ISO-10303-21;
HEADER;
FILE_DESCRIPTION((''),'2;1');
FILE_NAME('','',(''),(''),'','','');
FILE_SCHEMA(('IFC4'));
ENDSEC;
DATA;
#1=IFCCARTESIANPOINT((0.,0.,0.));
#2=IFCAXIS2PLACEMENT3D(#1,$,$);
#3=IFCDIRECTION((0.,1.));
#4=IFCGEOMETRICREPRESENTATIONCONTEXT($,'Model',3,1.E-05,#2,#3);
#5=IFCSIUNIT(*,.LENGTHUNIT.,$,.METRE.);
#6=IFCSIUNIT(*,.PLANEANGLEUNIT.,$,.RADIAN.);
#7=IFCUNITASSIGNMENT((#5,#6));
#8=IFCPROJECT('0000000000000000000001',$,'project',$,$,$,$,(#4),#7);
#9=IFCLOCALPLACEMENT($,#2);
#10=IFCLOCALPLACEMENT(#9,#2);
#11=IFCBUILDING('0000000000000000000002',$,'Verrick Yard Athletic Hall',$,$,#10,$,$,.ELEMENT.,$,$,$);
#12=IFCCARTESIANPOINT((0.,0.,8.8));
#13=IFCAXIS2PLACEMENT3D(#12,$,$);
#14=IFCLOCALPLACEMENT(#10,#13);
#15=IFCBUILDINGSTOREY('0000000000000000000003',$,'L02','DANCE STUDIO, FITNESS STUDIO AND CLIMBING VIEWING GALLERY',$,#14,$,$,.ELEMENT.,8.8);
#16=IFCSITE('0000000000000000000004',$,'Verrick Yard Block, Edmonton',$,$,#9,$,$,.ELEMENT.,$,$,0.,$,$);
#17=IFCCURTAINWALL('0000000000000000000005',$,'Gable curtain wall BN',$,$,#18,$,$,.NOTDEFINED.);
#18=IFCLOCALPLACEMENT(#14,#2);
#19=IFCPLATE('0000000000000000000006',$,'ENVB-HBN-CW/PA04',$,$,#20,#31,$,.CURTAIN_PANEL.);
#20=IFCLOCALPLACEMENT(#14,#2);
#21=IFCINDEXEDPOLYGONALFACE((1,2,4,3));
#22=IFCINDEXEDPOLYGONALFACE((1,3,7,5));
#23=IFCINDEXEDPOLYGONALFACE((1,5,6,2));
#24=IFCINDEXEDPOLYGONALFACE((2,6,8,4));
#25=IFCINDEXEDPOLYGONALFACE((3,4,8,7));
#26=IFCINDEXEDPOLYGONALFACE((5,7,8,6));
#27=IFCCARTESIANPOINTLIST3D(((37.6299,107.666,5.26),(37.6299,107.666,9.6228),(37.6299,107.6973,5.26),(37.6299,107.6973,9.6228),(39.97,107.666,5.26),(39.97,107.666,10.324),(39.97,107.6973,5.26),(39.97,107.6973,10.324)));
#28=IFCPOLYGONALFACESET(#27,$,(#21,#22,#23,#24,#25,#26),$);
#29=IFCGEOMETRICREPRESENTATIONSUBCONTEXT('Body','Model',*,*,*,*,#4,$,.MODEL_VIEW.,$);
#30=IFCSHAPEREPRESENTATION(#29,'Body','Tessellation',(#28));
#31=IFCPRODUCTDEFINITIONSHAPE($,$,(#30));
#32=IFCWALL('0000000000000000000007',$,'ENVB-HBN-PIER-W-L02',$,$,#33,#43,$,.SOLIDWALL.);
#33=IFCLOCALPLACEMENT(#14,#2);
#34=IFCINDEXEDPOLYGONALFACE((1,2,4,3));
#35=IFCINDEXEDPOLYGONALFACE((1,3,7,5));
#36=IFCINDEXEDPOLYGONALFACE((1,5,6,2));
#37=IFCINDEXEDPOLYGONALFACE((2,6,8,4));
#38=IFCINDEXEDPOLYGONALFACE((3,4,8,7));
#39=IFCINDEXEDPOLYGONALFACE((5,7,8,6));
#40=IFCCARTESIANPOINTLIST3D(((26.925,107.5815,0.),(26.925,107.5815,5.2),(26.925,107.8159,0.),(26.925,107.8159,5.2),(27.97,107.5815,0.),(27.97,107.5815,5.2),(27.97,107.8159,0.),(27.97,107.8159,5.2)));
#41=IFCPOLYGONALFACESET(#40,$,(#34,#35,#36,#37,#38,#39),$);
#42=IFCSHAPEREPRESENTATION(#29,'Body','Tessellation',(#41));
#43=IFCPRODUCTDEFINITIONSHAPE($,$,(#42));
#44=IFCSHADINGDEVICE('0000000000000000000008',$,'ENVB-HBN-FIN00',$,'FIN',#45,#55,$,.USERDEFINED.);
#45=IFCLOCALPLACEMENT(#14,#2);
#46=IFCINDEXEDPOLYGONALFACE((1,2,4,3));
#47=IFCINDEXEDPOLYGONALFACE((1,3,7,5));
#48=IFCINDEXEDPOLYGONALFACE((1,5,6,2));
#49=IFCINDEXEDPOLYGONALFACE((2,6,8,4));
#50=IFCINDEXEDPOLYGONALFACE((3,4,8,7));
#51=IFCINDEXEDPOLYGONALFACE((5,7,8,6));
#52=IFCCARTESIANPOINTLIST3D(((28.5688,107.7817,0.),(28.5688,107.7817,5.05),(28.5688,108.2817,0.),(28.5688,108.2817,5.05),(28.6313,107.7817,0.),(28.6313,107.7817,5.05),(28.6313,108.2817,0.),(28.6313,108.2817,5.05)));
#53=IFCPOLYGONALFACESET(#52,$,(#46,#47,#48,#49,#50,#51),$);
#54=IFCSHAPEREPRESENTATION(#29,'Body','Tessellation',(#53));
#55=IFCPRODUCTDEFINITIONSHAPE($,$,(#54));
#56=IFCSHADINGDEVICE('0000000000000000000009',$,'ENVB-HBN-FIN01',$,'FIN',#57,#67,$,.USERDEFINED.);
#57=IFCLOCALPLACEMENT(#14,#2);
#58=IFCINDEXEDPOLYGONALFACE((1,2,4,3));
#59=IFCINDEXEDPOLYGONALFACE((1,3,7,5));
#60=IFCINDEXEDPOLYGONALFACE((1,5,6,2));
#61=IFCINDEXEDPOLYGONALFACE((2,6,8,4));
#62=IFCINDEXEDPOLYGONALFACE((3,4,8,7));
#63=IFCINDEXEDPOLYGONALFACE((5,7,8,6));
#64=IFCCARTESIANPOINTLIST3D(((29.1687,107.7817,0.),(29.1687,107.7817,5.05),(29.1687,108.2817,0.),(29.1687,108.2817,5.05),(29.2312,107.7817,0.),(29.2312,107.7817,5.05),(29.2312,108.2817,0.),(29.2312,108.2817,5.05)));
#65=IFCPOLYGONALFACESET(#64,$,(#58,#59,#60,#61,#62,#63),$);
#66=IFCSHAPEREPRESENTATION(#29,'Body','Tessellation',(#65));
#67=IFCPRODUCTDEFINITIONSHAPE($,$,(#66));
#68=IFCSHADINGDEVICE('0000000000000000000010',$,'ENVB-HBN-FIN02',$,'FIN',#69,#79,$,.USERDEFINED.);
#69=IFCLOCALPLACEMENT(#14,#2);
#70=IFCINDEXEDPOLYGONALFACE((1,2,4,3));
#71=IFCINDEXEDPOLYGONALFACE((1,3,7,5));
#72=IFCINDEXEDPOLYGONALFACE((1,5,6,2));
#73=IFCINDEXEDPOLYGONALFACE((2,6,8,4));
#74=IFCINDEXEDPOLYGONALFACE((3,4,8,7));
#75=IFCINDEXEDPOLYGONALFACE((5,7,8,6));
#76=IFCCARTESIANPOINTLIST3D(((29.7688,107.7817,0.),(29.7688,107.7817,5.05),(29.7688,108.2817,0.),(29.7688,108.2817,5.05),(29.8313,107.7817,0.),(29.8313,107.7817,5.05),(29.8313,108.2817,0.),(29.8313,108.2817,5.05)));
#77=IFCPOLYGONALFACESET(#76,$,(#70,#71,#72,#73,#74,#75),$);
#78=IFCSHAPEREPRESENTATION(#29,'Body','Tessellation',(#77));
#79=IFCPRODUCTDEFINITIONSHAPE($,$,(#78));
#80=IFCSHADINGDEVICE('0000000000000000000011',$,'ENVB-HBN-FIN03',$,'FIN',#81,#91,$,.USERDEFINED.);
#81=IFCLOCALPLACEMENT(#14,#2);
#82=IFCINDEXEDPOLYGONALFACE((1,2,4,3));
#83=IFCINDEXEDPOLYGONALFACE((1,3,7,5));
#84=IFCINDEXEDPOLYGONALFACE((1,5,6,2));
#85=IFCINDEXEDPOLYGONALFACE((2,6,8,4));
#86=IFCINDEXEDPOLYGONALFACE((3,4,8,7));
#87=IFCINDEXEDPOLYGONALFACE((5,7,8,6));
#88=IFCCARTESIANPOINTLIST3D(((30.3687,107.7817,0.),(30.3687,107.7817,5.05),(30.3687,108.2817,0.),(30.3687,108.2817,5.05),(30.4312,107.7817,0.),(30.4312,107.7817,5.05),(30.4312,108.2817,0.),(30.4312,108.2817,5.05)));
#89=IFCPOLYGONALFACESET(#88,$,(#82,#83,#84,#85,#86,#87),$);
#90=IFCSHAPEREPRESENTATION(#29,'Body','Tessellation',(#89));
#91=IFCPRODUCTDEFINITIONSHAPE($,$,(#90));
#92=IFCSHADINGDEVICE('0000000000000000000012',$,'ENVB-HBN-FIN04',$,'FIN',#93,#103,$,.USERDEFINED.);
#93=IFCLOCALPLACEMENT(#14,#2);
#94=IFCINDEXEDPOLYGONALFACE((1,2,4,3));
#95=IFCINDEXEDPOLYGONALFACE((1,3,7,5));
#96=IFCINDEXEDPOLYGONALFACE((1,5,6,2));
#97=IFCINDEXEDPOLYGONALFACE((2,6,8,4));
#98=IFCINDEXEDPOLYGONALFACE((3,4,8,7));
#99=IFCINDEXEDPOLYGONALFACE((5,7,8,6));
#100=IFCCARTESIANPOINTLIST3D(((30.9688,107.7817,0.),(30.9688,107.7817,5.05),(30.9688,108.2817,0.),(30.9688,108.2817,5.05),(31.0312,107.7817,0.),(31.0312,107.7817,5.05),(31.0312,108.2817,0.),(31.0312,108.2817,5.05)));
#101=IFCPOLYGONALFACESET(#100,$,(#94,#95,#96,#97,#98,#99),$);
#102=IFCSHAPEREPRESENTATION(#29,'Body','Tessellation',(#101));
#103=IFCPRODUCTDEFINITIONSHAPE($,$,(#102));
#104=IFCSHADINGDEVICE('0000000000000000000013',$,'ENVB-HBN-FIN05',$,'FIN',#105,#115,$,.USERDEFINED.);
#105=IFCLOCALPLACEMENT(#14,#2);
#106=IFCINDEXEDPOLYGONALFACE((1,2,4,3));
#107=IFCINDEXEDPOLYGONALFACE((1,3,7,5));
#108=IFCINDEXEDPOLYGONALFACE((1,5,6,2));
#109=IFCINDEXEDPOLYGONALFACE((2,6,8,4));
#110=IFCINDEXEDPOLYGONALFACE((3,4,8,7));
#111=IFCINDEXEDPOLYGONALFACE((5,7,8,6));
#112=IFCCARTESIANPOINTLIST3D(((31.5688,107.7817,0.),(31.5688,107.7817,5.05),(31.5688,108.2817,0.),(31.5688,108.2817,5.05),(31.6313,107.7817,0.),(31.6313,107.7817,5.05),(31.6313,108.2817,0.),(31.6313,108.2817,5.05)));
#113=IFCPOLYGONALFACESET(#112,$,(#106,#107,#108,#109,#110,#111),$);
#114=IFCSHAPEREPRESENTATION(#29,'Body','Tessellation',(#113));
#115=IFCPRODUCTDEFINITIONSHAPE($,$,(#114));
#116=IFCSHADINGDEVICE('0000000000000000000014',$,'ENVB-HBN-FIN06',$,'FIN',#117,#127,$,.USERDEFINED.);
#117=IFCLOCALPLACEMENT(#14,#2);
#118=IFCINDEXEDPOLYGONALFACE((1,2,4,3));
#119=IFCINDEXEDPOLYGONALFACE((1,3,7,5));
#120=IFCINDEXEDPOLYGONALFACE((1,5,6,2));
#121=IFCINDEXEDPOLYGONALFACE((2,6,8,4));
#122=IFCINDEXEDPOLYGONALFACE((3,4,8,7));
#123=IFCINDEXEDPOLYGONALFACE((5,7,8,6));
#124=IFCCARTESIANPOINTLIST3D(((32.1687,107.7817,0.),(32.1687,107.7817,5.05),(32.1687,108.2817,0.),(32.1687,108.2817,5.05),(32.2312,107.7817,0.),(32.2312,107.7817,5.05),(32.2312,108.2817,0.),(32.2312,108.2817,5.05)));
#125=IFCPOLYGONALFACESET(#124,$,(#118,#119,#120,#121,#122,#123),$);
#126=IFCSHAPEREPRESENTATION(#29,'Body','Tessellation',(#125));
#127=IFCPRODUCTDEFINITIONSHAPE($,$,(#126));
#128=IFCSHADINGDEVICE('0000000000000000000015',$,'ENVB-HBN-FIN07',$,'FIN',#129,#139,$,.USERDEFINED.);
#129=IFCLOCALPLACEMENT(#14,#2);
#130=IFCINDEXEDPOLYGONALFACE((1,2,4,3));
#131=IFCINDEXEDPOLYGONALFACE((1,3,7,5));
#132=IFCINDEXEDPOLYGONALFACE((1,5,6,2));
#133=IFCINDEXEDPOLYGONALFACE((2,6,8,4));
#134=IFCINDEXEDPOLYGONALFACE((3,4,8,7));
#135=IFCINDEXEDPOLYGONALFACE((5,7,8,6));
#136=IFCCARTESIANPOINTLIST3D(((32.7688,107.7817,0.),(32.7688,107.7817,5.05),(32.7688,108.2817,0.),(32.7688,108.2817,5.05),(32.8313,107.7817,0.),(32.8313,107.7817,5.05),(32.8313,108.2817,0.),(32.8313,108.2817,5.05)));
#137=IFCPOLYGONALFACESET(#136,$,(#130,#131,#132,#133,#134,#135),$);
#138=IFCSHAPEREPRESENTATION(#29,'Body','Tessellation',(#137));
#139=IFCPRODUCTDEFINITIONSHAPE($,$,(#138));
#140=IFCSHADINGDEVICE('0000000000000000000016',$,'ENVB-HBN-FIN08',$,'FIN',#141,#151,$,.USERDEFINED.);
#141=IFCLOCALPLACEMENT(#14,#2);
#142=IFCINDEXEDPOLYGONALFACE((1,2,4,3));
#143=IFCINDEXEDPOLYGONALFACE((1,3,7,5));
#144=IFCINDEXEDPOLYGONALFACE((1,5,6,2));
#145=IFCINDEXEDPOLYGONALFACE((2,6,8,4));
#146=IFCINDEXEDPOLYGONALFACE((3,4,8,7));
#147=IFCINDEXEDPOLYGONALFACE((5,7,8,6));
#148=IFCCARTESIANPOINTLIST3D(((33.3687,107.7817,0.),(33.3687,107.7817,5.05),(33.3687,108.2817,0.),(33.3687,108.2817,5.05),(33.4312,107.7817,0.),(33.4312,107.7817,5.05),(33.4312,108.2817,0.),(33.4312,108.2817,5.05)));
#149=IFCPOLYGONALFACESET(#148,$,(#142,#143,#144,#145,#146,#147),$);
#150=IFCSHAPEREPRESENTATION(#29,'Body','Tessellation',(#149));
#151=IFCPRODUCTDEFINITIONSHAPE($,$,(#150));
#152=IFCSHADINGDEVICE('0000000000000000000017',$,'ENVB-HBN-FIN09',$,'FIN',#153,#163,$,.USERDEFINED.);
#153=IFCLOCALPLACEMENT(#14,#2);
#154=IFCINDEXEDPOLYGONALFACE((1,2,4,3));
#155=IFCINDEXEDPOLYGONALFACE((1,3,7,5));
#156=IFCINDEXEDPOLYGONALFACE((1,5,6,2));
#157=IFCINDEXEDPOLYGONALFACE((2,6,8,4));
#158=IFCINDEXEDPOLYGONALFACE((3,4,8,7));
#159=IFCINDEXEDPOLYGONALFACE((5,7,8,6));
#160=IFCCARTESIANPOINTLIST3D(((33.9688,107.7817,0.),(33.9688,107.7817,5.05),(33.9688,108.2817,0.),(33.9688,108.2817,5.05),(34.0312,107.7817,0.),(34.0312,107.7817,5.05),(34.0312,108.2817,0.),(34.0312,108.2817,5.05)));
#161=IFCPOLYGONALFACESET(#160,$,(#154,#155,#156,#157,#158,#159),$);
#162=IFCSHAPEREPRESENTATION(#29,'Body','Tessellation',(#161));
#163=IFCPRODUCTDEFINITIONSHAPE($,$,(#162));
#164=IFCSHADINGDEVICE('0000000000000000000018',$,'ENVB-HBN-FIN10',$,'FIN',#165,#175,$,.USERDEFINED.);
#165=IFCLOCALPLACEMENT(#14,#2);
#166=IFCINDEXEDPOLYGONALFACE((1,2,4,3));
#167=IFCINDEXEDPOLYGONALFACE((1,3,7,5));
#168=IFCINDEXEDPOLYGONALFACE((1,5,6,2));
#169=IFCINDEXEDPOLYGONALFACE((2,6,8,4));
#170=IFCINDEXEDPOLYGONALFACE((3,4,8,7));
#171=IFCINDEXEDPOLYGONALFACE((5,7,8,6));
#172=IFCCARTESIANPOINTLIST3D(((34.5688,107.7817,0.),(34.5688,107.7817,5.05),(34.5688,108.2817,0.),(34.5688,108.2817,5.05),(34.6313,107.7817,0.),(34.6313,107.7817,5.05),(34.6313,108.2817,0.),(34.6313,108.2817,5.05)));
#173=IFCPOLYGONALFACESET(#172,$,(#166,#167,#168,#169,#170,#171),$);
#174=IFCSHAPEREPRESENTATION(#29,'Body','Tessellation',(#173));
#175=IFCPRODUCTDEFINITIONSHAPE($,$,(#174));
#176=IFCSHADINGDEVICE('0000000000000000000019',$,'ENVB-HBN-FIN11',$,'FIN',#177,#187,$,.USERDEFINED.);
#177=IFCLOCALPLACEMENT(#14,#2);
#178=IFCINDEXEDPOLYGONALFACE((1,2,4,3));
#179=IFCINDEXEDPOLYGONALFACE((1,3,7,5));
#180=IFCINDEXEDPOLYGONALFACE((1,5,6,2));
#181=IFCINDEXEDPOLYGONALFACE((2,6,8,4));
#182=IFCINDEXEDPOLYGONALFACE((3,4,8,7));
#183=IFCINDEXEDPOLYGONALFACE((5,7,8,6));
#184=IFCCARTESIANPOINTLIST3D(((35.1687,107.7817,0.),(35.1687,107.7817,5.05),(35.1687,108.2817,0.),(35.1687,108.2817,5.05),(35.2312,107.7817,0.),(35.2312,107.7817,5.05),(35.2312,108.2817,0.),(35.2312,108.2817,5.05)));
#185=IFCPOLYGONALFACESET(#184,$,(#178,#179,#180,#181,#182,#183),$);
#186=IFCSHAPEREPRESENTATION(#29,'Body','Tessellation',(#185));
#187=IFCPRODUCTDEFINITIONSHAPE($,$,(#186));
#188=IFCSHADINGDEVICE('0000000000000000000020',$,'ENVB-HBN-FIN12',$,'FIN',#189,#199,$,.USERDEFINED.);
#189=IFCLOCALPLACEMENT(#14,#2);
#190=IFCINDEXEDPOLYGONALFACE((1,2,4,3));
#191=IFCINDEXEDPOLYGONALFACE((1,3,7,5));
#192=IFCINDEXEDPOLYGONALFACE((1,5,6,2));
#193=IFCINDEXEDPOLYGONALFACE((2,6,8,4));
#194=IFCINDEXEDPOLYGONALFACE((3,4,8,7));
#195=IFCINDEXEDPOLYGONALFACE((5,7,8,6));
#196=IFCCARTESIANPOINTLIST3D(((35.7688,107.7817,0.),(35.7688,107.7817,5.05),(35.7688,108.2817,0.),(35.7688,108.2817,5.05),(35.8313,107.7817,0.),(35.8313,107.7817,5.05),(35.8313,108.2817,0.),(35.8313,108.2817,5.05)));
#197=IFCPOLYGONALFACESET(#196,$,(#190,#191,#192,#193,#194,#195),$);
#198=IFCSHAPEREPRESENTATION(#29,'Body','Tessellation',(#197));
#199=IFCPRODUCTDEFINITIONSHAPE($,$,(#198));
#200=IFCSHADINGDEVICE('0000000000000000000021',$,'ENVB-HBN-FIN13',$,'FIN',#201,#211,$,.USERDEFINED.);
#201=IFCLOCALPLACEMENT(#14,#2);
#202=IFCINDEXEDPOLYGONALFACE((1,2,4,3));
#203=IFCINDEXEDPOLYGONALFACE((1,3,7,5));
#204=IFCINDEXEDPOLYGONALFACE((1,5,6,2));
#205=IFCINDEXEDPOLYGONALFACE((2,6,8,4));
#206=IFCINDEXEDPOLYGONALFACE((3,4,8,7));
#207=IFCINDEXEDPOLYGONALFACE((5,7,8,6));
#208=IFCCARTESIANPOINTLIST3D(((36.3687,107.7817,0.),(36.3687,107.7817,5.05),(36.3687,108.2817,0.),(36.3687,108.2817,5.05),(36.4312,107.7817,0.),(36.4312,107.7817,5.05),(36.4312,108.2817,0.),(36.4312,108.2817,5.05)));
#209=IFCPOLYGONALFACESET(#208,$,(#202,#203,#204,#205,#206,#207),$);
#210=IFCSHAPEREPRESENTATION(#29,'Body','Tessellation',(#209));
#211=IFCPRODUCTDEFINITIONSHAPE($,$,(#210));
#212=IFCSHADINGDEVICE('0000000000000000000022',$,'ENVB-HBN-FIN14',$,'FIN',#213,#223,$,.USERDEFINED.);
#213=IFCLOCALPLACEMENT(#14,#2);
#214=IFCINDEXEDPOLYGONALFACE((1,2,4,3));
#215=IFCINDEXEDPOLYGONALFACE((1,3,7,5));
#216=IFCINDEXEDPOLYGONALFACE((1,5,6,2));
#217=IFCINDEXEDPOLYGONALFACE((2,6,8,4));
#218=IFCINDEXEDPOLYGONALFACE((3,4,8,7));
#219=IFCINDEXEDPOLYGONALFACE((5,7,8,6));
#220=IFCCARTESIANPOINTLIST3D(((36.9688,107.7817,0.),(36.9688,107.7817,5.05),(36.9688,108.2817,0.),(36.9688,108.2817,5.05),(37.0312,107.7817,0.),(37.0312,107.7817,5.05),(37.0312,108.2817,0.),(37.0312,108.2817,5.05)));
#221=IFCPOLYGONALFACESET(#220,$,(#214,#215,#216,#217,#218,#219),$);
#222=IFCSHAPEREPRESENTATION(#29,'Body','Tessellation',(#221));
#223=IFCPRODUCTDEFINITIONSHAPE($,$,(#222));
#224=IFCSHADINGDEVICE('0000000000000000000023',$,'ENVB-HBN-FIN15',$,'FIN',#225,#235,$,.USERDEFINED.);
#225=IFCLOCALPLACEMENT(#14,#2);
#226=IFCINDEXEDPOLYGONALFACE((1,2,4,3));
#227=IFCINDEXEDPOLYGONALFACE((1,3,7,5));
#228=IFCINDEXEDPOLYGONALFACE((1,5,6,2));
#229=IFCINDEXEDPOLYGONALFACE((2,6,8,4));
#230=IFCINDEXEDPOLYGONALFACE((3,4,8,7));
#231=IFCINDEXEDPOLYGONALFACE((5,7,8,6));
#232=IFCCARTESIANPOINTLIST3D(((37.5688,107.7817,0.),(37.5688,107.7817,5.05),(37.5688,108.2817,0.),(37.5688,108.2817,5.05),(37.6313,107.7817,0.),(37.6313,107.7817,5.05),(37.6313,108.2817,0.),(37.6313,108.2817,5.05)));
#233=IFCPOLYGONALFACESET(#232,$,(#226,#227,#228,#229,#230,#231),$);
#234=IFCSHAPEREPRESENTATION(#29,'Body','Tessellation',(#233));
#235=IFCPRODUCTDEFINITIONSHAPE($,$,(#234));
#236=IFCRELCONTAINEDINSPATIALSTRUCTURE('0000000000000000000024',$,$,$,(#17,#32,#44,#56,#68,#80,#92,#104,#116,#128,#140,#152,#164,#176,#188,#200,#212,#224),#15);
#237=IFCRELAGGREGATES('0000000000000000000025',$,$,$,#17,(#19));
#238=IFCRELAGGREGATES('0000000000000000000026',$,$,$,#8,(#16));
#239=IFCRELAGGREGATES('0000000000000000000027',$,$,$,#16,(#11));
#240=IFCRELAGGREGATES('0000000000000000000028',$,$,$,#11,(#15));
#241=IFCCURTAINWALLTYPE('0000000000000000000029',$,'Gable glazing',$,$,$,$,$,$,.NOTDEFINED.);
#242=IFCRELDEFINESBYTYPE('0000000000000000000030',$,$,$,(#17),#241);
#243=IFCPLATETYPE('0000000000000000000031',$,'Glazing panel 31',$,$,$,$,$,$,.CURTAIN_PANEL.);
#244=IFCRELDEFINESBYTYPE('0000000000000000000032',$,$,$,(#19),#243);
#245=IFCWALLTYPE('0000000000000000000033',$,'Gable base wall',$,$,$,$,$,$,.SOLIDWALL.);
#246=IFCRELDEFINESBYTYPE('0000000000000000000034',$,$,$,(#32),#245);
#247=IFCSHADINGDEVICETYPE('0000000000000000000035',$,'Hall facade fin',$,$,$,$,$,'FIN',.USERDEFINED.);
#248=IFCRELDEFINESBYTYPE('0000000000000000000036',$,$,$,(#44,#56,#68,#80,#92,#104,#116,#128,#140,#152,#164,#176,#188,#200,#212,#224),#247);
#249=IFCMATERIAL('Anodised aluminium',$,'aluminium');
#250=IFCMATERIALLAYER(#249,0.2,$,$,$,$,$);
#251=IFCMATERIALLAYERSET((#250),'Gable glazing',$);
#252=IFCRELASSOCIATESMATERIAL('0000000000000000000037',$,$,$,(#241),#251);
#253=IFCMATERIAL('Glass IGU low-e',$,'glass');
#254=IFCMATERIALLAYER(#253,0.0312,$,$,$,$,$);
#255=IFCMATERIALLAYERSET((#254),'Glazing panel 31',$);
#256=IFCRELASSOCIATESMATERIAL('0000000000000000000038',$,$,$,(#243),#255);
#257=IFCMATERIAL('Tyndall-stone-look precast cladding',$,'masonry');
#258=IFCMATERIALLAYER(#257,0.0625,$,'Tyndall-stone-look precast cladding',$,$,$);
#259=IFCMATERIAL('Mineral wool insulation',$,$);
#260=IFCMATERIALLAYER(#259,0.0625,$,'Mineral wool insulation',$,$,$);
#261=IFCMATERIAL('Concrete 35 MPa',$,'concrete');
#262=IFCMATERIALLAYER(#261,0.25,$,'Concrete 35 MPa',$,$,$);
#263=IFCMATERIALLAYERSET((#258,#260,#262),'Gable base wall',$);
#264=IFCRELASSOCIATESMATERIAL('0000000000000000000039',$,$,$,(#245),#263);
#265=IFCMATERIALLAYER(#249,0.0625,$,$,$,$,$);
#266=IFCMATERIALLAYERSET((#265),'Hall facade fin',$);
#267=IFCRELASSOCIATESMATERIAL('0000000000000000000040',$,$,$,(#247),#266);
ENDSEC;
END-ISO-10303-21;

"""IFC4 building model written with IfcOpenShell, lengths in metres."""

from ifc_helpers import new_model, si_unit, direction, frame, frame_2d, origin, place, context, subcontext, project, spatial, polyline, rectangle, outline, extrude, material, layer, layer_set, type_object, element, aggregate, save


model = new_model("IFC4")

# Units and contexts
model_context = context("Model", 3, precision=1e-05, world=origin(), true_north=direction((0.0, 1.0)))
body_context = subcontext(model_context, "Body", "Model", "MODEL_VIEW")
ifc_project = project(units=[si_unit("LENGTHUNIT", "METRE"), si_unit("PLANEANGLEUNIT", "RADIAN")], contexts=[model_context])

# Site, building, storey
site_placement = place(None, origin())
site = spatial("IfcSite", under=ifc_project, at=site_placement, Name="Verrick Yard Block, Edmonton", CompositionType="ELEMENT", RefElevation=0.0)
building_placement = place(site_placement, origin())
building = spatial("IfcBuilding", under=site, at=building_placement, Name="Verrick Yard Athletic Hall", CompositionType="ELEMENT")
storey_placement = place(building_placement, frame((0.0, 0.0, 8.8)))
storey = spatial("IfcBuildingStorey", under=building, at=storey_placement, Name="L02", Description="DANCE STUDIO, FITNESS STUDIO AND CLIMBING VIEWING GALLERY", CompositionType="ELEMENT", Elevation=8.8)

# Curtain wall, plate
ifc_material_1 = material(Name="Anodised aluminium", Category="aluminium")
ifc_layer_1 = layer(ifc_material_1, 0.2)
ifc_layer_set_1 = layer_set([ifc_layer_1], Name="Gable glazing")
curtain_wall_type = type_object("IfcCurtainWallType", Name="Gable glazing", PredefinedType="NOTDEFINED", material=ifc_layer_set_1)
curtain_wall_placement = place(storey_placement, origin())
curtain_wall = element("IfcCurtainWall", 1, at=curtain_wall_placement, inside=storey, type_object=curtain_wall_type, Name="Gable curtain wall BN", PredefinedType="NOTDEFINED")
ifc_material_2 = material(Name="Glass IGU low-e", Category="glass")
ifc_layer_2 = layer(ifc_material_2, 0.0312)
ifc_layer_set_2 = layer_set([ifc_layer_2], Name="Glazing panel 31")
plate_type = type_object("IfcPlateType", Name="Glazing panel 31", PredefinedType="CURTAIN_PANEL", material=ifc_layer_set_2)
plate_1_placement = place(storey_placement, frame((37.6299, 107.6816, 5.26), z_axis=(0.0, 0.0, 1.0), x_axis=(1.0, 0.0, 0.0)))
plate_1 = element("IfcPlate", 2, at=plate_1_placement, type_object=plate_type, Name="ENVB-HBN-CW/PA04", PredefinedType="CURTAIN_PANEL", context=body_context, shape_type="SweptSolid", body=[
    extrude(outline(polyline([(0.0, 4.3628), (2.3401, 5.064), (2.3401, 0.0), (0.0, 0.0), (0.0, 4.3628)])), frame((0.0, 0.0156, 0.0), z_axis=(0.0, -1.0, 0.0), x_axis=(1.0, 0.0, 0.0)), (0.0, 0.0, 1.0), 0.0312),
])
aggregate(curtain_wall, [plate_1])

# Wall
ifc_material_3 = material(Name="Tyndall-stone-look precast cladding", Category="masonry")
ifc_layer_3 = layer(ifc_material_3, 0.0625, Name="Tyndall-stone-look precast cladding")
ifc_material_4 = material(Name="Mineral wool insulation")
ifc_layer_4 = layer(ifc_material_4, 0.0625, Name="Mineral wool insulation")
ifc_material_5 = material(Name="Concrete 35 MPa", Category="concrete")
ifc_layer_5 = layer(ifc_material_5, 0.25, Name="Concrete 35 MPa")
ifc_layer_set_3 = layer_set([ifc_layer_3, ifc_layer_4, ifc_layer_5], Name="Gable base wall")
wall_type = type_object("IfcWallType", Name="Gable base wall", PredefinedType="SOLIDWALL", material=ifc_layer_set_3)
wall_placement = place(storey_placement, frame((26.925, 107.6987, 0.0), z_axis=(0.0, 0.0, 1.0), x_axis=(1.0, 0.0, 0.0)))
element("IfcWall", 3, at=wall_placement, inside=storey, type_object=wall_type, Name="ENVB-HBN-PIER-W-L02", PredefinedType="SOLIDWALL", context=body_context, shape_type="SweptSolid", body=[
    extrude(rectangle(XDim=1.0449, YDim=0.2344, at=frame_2d((0.5225, 0.0))), origin(), (0.0, 0.0, 1.0), 5.2),
])

# Shading devices
ifc_layer_6 = layer(ifc_material_1, 0.0625)
ifc_layer_set_4 = layer_set([ifc_layer_6], Name="Hall facade fin")
shading_device_type = type_object("IfcShadingDeviceType", Name="Hall facade fin", ElementType="FIN", PredefinedType="USERDEFINED", material=ifc_layer_set_4)
for number, where, z_axis, x_axis, name in (
    (4, (28.6001, 107.7817, 0.0), (0.0, 0.0, 1.0), (0.0, 1.0, 0.0), "ENVB-HBN-FIN00"),
    (5, (29.2, 107.7817, 0.0), (0.0, 0.0, 1.0), (0.0, 1.0, 0.0), "ENVB-HBN-FIN01"),
    (6, (29.8, 107.7817, 0.0), (0.0, 0.0, 1.0), (0.0, 1.0, 0.0), "ENVB-HBN-FIN02"),
    (7, (30.3999, 107.7817, 0.0), (0.0, 0.0, 1.0), (0.0, 1.0, 0.0), "ENVB-HBN-FIN03"),
    (8, (31.0, 107.7817, 0.0), (0.0, 0.0, 1.0), (0.0, 1.0, 0.0), "ENVB-HBN-FIN04"),
    (9, (31.6001, 107.7817, 0.0), (0.0, 0.0, 1.0), (0.0, 1.0, 0.0), "ENVB-HBN-FIN05"),
    (10, (32.2, 107.7817, 0.0), (0.0, 0.0, 1.0), (0.0, 1.0, 0.0), "ENVB-HBN-FIN06"),
    (11, (32.8, 107.7817, 0.0), (0.0, 0.0, 1.0), (0.0, 1.0, 0.0), "ENVB-HBN-FIN07"),
    (12, (33.3999, 107.7817, 0.0), (0.0, 0.0, 1.0), (0.0, 1.0, 0.0), "ENVB-HBN-FIN08"),
    (13, (34.0, 107.7817, 0.0), (0.0, 0.0, 1.0), (0.0, 1.0, 0.0), "ENVB-HBN-FIN09"),
    (14, (34.6001, 107.7817, 0.0), (0.0, 0.0, 1.0), (0.0, 1.0, 0.0), "ENVB-HBN-FIN10"),
    (15, (35.2, 107.7817, 0.0), (0.0, 0.0, 1.0), (0.0, 1.0, 0.0), "ENVB-HBN-FIN11"),
    (16, (35.8, 107.7817, 0.0), (0.0, 0.0, 1.0), (0.0, 1.0, 0.0), "ENVB-HBN-FIN12"),
    (17, (36.3999, 107.7817, 0.0), (0.0, 0.0, 1.0), (0.0, 1.0, 0.0), "ENVB-HBN-FIN13"),
    (18, (37.0, 107.7817, 0.0), (0.0, 0.0, 1.0), (0.0, 1.0, 0.0), "ENVB-HBN-FIN14"),
    (19, (37.6001, 107.7817, 0.0), (0.0, 0.0, 1.0), (0.0, 1.0, 0.0), "ENVB-HBN-FIN15"),
):
    element("IfcShadingDevice", number, at=place(storey_placement, frame(where, z_axis=z_axis, x_axis=x_axis)), inside=storey, type_object=shading_device_type, Name=name, ObjectType="FIN", PredefinedType="USERDEFINED", context=body_context, shape_type="SweptSolid", body=[
        extrude(outline(polyline([(0.0, 0.0), (0.5, 0.0), (0.5, 5.05), (0.0, 5.05), (0.0, 0.0)])), frame((0.0, 0.0312, 0.0), z_axis=(0.0, -1.0, 0.0), x_axis=(1.0, 0.0, 0.0)), (0.0, 0.0, 1.0), 0.0625),
    ])

save(model, "model.ifc")
